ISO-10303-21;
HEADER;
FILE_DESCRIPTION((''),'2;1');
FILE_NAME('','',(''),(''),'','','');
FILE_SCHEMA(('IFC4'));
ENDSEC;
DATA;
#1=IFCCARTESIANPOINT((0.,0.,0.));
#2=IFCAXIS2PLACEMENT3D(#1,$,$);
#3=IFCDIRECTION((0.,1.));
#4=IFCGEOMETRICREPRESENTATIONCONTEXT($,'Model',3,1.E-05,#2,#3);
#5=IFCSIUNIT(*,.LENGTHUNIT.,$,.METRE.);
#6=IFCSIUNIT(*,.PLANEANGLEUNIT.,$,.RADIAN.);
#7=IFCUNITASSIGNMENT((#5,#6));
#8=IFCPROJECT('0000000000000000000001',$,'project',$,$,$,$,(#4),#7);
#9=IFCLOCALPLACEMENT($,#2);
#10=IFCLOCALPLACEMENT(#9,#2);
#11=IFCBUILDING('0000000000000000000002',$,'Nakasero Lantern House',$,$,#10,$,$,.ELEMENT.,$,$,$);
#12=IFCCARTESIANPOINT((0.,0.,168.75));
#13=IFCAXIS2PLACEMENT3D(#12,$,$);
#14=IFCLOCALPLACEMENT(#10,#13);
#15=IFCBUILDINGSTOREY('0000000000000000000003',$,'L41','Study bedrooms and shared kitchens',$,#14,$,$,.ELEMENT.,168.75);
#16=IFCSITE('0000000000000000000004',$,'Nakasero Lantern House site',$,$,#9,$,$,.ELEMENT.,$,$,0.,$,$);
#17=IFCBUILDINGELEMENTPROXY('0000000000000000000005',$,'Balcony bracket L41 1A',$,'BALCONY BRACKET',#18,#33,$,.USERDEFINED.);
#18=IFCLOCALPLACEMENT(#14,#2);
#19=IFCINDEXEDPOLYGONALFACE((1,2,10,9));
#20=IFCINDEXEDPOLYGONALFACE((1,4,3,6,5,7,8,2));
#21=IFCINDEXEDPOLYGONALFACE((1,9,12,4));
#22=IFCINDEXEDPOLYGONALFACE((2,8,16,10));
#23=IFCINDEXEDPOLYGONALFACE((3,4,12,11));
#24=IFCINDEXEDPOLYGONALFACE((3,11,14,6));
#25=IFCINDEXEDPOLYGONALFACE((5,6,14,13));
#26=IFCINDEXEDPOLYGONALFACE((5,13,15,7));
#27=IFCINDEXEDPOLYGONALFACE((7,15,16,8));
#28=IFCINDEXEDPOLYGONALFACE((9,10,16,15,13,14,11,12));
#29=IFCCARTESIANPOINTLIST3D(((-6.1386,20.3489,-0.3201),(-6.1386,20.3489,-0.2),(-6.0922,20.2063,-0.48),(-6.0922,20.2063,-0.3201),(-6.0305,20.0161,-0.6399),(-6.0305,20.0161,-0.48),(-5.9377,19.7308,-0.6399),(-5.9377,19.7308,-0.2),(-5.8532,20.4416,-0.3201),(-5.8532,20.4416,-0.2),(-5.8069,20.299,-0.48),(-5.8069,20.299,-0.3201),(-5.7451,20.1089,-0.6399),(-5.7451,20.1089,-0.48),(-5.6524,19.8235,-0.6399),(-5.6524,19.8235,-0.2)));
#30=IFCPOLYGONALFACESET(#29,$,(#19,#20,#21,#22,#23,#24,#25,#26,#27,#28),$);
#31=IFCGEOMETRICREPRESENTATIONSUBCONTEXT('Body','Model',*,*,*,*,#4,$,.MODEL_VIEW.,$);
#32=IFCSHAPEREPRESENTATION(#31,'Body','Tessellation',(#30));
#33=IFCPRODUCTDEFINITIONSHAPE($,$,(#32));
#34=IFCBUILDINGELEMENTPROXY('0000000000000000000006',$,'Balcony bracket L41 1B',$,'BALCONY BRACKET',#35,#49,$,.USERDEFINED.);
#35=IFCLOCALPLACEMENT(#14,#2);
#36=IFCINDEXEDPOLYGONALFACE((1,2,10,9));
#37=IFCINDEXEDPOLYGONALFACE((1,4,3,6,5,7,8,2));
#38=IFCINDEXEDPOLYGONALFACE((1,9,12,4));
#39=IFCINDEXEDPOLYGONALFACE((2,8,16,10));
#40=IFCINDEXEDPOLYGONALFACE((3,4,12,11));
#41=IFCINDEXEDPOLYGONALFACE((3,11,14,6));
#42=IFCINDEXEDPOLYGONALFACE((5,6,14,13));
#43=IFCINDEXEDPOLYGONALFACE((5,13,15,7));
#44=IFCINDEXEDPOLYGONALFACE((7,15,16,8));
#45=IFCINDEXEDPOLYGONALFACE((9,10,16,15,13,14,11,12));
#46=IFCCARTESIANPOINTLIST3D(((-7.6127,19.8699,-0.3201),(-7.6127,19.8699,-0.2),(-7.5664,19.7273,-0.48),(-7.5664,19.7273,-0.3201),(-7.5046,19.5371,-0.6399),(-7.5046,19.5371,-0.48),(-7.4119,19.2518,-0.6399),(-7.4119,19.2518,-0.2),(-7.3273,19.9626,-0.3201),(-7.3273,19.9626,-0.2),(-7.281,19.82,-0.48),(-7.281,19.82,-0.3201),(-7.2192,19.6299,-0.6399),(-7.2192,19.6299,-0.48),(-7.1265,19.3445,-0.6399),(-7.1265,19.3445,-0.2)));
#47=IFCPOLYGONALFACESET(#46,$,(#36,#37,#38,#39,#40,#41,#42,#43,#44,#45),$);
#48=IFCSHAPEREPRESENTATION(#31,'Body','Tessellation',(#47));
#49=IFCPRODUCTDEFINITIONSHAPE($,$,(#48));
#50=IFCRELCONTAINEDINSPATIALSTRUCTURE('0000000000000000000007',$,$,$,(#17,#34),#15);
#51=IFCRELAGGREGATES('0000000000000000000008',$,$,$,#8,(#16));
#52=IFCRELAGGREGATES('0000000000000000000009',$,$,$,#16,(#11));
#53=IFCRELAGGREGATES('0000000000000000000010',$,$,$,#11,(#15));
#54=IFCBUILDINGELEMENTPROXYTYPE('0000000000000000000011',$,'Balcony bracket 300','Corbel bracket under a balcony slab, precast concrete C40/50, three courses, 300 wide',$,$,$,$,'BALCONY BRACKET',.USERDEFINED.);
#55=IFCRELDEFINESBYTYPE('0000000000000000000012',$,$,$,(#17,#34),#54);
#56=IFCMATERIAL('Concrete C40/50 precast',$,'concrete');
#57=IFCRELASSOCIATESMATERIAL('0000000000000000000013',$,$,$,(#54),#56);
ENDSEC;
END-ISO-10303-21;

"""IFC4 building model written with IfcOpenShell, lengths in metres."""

from ifc_helpers import new_model, si_unit, direction, frame, origin, place, context, subcontext, project, spatial, polyline, outline, extrude, material, type_object, element, save


model = new_model("IFC4")

# Units and contexts
model_context = context("Model", 3, precision=1e-05, world=origin(), true_north=direction((0.0, 1.0)))
body_context = subcontext(model_context, "Body", "Model", "MODEL_VIEW")
ifc_project = project(units=[si_unit("LENGTHUNIT", "METRE"), si_unit("PLANEANGLEUNIT", "RADIAN")], contexts=[model_context])

# Site, building, storey
site_placement = place(None, origin())
site = spatial("IfcSite", under=ifc_project, at=site_placement, Name="Nakasero Lantern House site", CompositionType="ELEMENT", RefElevation=0.0)
building_placement = place(site_placement, origin())
building = spatial("IfcBuilding", under=site, at=building_placement, Name="Nakasero Lantern House", CompositionType="ELEMENT")
storey_placement = place(building_placement, frame((0.0, 0.0, 168.75)))
storey = spatial("IfcBuildingStorey", under=building, at=storey_placement, Name="L41", Description="Study bedrooms and shared kitchens", CompositionType="ELEMENT", Elevation=168.75)

# Building element proxies
ifc_material_1 = material(Name="Concrete C40/50 precast", Category="concrete")
building_element_proxy_type = type_object("IfcBuildingElementProxyType", Name="Balcony bracket 300", Description="Corbel bracket under a balcony slab, precast concrete C40/50, three courses, 300 wide", ElementType="BALCONY BRACKET", PredefinedType="USERDEFINED", material=ifc_material_1)
for number, where, z_axis, x_axis, name in (
    (1, (-5.7952, 19.7771, -0.2), (0.0, 0.0, 1.0), (-0.309017, 0.951057, 0.0), "Balcony bracket L41 1A"),
    (2, (-7.2693, 19.2981, -0.2), (0.0, 0.0, 1.0), (-0.309017, 0.951057, 0.0), "Balcony bracket L41 1B"),
):
    element("IfcBuildingElementProxy", number, at=place(storey_placement, frame(where, z_axis=z_axis, x_axis=x_axis)), inside=storey, type_object=building_element_proxy_type, Name=name, ObjectType="BALCONY BRACKET", PredefinedType="USERDEFINED", context=body_context, shape_type="SweptSolid", body=[
        extrude(outline(polyline([(0.0, 0.0), (0.6499, 0.0), (0.6499, -0.1201), (0.5, -0.1201), (0.5, -0.28), (0.3, -0.28), (0.3, -0.4399), (0.0, -0.4399), (0.0, 0.0)])), frame((0.0, 0.1499, 0.0), z_axis=(0.0, -1.0, 0.0), x_axis=(1.0, 0.0, 0.0)), (0.0, 0.0, 1.0), 0.3),
    ])

save(model, "model.ifc")
